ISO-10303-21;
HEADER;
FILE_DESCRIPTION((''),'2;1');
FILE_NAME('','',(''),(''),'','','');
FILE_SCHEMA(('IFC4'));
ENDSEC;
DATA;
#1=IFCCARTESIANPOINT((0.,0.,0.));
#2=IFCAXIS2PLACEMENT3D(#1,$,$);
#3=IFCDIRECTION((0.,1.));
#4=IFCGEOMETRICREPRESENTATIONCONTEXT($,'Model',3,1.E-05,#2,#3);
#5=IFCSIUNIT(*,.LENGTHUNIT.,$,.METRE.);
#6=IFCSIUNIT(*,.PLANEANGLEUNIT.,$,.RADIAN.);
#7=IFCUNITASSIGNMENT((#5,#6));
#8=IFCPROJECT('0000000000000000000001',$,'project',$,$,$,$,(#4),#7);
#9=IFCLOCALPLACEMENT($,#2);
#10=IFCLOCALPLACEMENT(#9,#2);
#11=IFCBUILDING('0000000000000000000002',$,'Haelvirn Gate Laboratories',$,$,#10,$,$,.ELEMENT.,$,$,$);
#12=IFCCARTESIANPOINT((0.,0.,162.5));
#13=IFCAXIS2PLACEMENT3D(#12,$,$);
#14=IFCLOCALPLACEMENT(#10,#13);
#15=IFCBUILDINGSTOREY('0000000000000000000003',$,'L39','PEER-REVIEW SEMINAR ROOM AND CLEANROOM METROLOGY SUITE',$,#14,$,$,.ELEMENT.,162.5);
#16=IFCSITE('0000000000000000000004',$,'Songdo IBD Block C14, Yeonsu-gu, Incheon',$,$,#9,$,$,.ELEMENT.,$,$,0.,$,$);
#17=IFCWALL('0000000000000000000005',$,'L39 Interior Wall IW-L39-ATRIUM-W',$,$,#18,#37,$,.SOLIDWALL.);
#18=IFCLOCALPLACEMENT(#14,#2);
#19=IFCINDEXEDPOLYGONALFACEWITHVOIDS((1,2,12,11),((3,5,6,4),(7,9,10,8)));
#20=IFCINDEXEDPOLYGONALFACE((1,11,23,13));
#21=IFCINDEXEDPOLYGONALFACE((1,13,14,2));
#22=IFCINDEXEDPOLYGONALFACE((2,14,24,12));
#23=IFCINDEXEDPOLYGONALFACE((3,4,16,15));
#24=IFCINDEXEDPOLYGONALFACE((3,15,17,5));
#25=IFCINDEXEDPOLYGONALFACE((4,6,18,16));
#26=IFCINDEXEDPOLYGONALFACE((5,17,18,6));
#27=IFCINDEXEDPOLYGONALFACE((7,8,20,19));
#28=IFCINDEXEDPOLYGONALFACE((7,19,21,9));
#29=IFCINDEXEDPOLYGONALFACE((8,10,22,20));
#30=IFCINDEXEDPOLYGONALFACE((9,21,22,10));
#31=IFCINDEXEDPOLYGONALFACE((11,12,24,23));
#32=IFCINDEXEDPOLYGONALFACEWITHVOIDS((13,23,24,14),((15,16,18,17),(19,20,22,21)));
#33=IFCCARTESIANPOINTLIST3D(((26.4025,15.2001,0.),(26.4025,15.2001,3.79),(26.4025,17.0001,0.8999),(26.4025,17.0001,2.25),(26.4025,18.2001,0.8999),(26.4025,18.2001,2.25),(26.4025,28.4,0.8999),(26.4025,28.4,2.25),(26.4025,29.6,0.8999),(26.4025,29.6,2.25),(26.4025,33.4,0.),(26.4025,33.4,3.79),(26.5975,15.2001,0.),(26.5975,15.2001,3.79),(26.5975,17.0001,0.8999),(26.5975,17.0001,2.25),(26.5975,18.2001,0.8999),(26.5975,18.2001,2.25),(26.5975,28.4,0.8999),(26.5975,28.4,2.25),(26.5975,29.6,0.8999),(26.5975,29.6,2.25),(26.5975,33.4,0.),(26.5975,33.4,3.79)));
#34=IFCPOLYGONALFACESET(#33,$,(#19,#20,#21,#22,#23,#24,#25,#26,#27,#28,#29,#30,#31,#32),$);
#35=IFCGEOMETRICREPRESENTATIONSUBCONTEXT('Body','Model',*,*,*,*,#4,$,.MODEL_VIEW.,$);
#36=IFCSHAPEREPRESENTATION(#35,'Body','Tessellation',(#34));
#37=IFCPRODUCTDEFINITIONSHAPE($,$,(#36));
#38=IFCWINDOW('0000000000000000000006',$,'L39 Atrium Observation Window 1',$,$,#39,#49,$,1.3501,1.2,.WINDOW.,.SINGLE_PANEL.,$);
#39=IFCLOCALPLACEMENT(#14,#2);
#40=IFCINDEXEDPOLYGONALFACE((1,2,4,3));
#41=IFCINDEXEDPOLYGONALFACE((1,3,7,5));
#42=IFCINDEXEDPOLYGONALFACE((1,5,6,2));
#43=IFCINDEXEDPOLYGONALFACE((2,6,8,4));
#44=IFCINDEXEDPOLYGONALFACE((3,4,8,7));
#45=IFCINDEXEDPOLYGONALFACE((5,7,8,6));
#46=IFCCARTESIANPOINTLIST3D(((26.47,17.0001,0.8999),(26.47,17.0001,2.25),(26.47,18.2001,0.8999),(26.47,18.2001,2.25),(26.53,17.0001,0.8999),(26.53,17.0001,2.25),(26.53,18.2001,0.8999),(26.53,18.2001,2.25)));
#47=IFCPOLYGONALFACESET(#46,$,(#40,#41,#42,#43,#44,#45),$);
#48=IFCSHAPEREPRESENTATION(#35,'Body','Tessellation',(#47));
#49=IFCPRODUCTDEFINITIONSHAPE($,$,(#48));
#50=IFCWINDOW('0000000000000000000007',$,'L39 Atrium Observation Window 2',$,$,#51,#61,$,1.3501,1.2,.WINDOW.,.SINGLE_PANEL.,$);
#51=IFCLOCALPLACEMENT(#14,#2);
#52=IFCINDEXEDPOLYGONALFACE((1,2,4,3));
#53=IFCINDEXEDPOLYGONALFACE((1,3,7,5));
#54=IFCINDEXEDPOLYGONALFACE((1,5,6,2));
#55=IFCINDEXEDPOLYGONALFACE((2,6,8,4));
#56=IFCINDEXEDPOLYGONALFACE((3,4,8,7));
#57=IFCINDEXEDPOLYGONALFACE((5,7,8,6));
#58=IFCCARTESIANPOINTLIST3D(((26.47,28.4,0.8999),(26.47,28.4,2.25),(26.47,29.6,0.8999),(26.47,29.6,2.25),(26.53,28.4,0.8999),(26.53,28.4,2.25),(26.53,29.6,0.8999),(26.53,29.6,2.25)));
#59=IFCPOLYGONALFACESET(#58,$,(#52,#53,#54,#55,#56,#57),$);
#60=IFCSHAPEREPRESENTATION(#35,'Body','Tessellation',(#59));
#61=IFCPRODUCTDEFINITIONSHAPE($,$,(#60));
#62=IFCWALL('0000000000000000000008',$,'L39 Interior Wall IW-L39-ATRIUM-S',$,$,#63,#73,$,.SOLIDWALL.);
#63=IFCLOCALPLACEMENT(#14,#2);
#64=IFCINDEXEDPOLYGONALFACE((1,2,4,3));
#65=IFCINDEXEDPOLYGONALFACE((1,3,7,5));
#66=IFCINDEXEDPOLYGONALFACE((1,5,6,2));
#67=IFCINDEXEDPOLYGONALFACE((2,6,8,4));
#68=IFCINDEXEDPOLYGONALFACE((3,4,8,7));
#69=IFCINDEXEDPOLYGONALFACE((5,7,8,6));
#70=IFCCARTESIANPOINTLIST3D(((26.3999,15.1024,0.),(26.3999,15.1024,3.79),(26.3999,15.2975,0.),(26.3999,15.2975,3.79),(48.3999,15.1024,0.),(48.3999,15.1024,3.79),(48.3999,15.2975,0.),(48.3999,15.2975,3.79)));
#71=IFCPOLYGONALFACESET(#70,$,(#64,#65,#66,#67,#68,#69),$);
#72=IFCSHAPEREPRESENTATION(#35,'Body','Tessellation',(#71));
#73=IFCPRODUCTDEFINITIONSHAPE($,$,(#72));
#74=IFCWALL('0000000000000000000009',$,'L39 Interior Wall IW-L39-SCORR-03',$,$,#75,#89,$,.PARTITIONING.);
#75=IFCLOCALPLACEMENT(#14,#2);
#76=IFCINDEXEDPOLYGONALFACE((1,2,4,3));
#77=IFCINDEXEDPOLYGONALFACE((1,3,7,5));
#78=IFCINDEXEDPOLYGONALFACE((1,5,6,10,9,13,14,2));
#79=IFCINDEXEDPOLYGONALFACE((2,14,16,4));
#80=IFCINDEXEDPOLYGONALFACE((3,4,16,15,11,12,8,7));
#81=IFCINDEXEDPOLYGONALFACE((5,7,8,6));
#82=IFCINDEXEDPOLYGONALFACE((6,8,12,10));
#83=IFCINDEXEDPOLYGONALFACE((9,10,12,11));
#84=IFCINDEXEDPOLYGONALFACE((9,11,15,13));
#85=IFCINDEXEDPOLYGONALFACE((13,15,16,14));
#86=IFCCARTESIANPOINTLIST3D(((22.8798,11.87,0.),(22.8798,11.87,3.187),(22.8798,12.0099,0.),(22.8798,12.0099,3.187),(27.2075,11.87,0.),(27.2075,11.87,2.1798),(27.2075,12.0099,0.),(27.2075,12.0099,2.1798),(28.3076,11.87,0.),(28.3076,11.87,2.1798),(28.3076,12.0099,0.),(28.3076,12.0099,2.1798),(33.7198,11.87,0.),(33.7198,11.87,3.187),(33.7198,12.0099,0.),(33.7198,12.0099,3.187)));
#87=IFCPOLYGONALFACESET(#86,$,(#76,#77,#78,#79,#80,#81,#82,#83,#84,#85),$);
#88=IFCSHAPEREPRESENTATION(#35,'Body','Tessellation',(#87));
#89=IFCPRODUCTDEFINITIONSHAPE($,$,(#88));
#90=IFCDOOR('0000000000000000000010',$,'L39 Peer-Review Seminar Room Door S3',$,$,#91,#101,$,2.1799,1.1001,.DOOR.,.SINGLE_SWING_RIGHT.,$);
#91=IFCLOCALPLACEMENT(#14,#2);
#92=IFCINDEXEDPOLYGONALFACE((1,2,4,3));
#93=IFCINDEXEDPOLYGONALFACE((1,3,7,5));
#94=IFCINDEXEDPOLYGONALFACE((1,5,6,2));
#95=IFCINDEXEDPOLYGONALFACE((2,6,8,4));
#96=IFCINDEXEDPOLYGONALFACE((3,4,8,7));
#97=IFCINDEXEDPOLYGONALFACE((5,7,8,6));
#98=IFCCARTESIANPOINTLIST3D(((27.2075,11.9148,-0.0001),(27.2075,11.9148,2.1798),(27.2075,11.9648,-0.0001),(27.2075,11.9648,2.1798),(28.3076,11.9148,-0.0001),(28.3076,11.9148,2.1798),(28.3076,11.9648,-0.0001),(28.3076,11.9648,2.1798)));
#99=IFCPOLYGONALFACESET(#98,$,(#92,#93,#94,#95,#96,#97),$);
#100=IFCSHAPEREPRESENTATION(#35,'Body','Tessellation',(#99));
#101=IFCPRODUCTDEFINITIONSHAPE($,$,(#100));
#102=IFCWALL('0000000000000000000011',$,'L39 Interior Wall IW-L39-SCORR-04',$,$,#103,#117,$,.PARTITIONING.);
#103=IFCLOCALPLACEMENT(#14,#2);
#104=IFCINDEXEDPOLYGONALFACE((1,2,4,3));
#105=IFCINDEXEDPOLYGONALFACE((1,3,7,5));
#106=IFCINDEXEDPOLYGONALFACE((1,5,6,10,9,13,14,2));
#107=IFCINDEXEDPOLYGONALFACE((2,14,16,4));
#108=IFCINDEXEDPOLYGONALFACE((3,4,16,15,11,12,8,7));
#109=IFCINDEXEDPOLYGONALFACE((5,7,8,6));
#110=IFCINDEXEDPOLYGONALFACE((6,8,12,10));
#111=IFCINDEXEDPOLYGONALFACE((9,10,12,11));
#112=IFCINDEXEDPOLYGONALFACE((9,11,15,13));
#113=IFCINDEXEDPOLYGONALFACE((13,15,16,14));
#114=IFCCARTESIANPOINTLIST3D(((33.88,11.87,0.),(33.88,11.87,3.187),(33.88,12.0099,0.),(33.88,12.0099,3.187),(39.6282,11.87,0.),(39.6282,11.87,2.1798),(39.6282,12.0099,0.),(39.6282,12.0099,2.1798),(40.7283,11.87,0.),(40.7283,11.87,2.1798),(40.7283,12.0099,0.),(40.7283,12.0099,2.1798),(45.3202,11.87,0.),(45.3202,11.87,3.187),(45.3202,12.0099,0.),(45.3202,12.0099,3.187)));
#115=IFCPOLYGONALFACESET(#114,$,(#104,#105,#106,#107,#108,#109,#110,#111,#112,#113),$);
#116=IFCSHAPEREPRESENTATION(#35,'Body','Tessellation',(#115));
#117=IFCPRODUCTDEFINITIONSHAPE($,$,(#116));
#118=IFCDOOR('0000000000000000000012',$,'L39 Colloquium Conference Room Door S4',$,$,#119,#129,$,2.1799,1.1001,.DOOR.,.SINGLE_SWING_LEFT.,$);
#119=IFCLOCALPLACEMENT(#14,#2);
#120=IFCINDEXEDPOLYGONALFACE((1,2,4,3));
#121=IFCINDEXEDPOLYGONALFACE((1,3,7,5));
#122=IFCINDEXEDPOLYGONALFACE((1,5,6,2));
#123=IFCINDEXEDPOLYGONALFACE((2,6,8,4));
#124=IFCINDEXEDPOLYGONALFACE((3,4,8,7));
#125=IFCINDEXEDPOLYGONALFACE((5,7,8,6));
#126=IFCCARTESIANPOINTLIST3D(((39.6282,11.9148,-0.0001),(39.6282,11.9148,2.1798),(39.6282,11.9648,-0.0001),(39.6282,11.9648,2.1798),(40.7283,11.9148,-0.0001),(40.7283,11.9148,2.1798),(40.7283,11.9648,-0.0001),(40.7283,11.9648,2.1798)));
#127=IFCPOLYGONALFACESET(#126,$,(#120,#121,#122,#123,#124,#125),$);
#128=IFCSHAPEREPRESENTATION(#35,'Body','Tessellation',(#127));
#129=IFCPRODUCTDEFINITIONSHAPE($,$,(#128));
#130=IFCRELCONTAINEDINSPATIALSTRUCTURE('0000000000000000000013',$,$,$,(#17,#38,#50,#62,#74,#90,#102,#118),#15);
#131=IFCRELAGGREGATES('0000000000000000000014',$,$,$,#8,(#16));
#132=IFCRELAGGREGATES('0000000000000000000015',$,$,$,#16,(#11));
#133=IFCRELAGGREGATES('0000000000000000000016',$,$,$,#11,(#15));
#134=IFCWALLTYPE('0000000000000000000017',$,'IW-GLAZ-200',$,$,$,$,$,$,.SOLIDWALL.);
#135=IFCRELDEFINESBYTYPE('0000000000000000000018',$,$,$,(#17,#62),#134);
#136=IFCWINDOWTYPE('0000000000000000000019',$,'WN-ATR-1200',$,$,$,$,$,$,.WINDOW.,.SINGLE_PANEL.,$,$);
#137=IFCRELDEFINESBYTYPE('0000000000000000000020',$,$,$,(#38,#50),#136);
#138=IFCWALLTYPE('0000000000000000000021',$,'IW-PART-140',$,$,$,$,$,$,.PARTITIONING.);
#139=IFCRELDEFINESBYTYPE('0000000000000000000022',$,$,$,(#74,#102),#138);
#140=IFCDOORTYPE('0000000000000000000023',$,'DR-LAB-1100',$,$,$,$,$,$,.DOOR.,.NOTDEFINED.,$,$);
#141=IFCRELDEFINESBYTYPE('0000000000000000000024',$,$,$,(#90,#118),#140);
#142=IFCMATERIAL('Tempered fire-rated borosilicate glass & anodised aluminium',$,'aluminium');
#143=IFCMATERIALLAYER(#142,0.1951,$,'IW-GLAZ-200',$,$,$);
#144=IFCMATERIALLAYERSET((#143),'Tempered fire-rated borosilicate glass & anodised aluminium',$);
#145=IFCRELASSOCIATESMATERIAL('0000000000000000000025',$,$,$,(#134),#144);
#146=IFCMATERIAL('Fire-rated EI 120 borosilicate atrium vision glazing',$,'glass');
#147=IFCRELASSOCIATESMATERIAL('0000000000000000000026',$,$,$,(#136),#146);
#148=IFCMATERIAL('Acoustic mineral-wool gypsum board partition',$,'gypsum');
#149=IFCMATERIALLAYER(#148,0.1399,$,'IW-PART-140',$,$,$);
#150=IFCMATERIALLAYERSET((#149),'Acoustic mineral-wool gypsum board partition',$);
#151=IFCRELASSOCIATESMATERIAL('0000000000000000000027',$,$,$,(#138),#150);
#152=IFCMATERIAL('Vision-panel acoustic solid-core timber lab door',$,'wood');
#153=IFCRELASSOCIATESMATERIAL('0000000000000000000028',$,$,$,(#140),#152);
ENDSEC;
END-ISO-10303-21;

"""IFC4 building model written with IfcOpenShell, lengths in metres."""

from ifc_helpers import new_model, si_unit, direction, frame, frame_2d, origin, place, context, subcontext, project, spatial, rectangle, extrude, source, transform, mapped, material, layer, layer_set, type_object, type_shapes, element, fill, save


model = new_model("IFC4")

# Units and contexts
model_context = context("Model", 3, precision=1e-05, world=origin(), true_north=direction((0.0, 1.0)))
body_context = subcontext(model_context, "Body", "Model", "MODEL_VIEW")
ifc_project = project(units=[si_unit("LENGTHUNIT", "METRE"), si_unit("PLANEANGLEUNIT", "RADIAN")], contexts=[model_context])

# Site, building, storey
site_placement = place(None, origin())
site = spatial("IfcSite", under=ifc_project, at=site_placement, Name="Songdo IBD Block C14, Yeonsu-gu, Incheon", CompositionType="ELEMENT", RefElevation=0.0)
building_placement = place(site_placement, origin())
building = spatial("IfcBuilding", under=site, at=building_placement, Name="Haelvirn Gate Laboratories", CompositionType="ELEMENT")
storey_placement = place(building_placement, frame((0.0, 0.0, 162.5)))
storey = spatial("IfcBuildingStorey", under=building, at=storey_placement, Name="L39", Description="PEER-REVIEW SEMINAR ROOM AND CLEANROOM METROLOGY SUITE", CompositionType="ELEMENT", Elevation=162.5)

# Wall, openings, windows
ifc_material_1 = material(Name="Tempered fire-rated borosilicate glass & anodised aluminium", Category="aluminium")
ifc_layer_1 = layer(ifc_material_1, 0.1951, Name="IW-GLAZ-200")
ifc_layer_set_1 = layer_set([ifc_layer_1], Name="Tempered fire-rated borosilicate glass & anodised aluminium")
wall_type_1 = type_object("IfcWallType", Name="IW-GLAZ-200", PredefinedType="SOLIDWALL", material=ifc_layer_set_1)
wall_1_placement = place(storey_placement, frame((26.5, 15.2, 0.0), z_axis=(0.0, 0.0, 1.0), x_axis=(0.0, 1.0, 0.0)))
wall_1 = element("IfcWall", 1, at=wall_1_placement, inside=storey, type_object=wall_type_1, Name="L39 Interior Wall IW-L39-ATRIUM-W", PredefinedType="SOLIDWALL", context=body_context, shape_type="SweptSolid", body=[
    extrude(rectangle(XDim=18.2, YDim=0.1951, at=frame_2d((9.1001, 0.0))), origin(), (0.0, 0.0, 1.0), 3.79),
])
opening_1_placement = place(wall_1_placement, frame((1.8, 0.0, 0.8999)))
opening_1 = element("IfcOpeningElement", 2, at=opening_1_placement, cuts=wall_1, PredefinedType="OPENING", context=body_context, shape_type="SweptSolid", body=[
    extrude(rectangle(XDim=1.2, YDim=1.3501, at=frame_2d((0.6001, 0.675))), frame((0.0, 0.1074, 0.0), z_axis=(0.0, -1.0, 0.0), x_axis=(1.0, 0.0, 0.0)), (0.0, 0.0, 1.0), 0.2151),
])
opening_2_placement = place(wall_1_placement, frame((13.2, 0.0, 0.8999)))
opening_2 = element("IfcOpeningElement", 3, at=opening_2_placement, cuts=wall_1, PredefinedType="OPENING", context=body_context, shape_type="SweptSolid", body=[
    extrude(rectangle(XDim=1.2, YDim=1.3501, at=frame_2d((0.6001, 0.675))), frame((0.0, 0.1074, 0.0), z_axis=(0.0, -1.0, 0.0), x_axis=(1.0, 0.0, 0.0)), (0.0, 0.0, 1.0), 0.2151),
])
ifc_material_2 = material(Name="Fire-rated EI 120 borosilicate atrium vision glazing", Category="glass")
window_type = type_object("IfcWindowType", Name="WN-ATR-1200", PartitioningType="SINGLE_PANEL", PredefinedType="WINDOW", material=ifc_material_2)
shared_shape_1 = source(origin(), body_context, "Body", "SweptSolid", [
    extrude(rectangle(XDim=1.2, YDim=1.3501, at=frame_2d((0.6001, 0.675))), frame((0.0, 0.03, 0.0), z_axis=(0.0, -1.0, 0.0), x_axis=(1.0, 0.0, 0.0)), (0.0, 0.0, 1.0), 0.0601),
])
type_shapes(window_type, [shared_shape_1])
window_1_placement = place(opening_1_placement, origin())
window_1 = element("IfcWindow", 4, at=window_1_placement, inside=storey, type_object=window_type, Name="L39 Atrium Observation Window 1", OverallHeight=1.3501, OverallWidth=1.2, PartitioningType="SINGLE_PANEL", PredefinedType="WINDOW", context=body_context, shape_type="MappedRepresentation", body=[
    mapped(shared_shape_1, transform((0.0, 0.0, 0.0), scale=1.0)),
])
fill(opening_1, window_1)
window_2_placement = place(opening_2_placement, origin())
window_2 = element("IfcWindow", 5, at=window_2_placement, inside=storey, type_object=window_type, Name="L39 Atrium Observation Window 2", OverallHeight=1.3501, OverallWidth=1.2, PartitioningType="SINGLE_PANEL", PredefinedType="WINDOW", context=body_context, shape_type="MappedRepresentation", body=[
    mapped(shared_shape_1, transform((0.0, 0.0, 0.0), scale=1.0)),
])
fill(opening_2, window_2)

# Wall
wall_2_placement = place(storey_placement, frame((26.3999, 15.2, 0.0), z_axis=(0.0, 0.0, 1.0), x_axis=(1.0, 0.0, 0.0)))
element("IfcWall", 6, at=wall_2_placement, inside=storey, type_object=wall_type_1, Name="L39 Interior Wall IW-L39-ATRIUM-S", PredefinedType="SOLIDWALL", context=body_context, shape_type="SweptSolid", body=[
    extrude(rectangle(XDim=22.0, YDim=0.1951, at=frame_2d((11.0, 0.0))), origin(), (0.0, 0.0, 1.0), 3.79),
])

# Walls, openings, doors
ifc_material_3 = material(Name="Acoustic mineral-wool gypsum board partition", Category="gypsum")
ifc_layer_2 = layer(ifc_material_3, 0.1399, Name="IW-PART-140")
ifc_layer_set_2 = layer_set([ifc_layer_2], Name="Acoustic mineral-wool gypsum board partition")
wall_type_2 = type_object("IfcWallType", Name="IW-PART-140", PredefinedType="PARTITIONING", material=ifc_layer_set_2)
wall_3_placement = place(storey_placement, frame((22.8799, 11.9399, 0.0), z_axis=(0.0, 0.0, 1.0), x_axis=(1.0, 0.0, 0.0)))
wall_3 = element("IfcWall", 7, at=wall_3_placement, inside=storey, type_object=wall_type_2, Name="L39 Interior Wall IW-L39-SCORR-03", PredefinedType="PARTITIONING", context=body_context, shape_type="SweptSolid", body=[
    extrude(rectangle(XDim=10.8401, YDim=0.1399, at=frame_2d((5.4199, 0.0))), origin(), (0.0, 0.0, 1.0), 3.187),
])
opening_3_placement = place(wall_3_placement, frame((4.3276, 0.0, 0.0)))
opening_3 = element("IfcOpeningElement", 8, at=opening_3_placement, cuts=wall_3, PredefinedType="OPENING", context=body_context, shape_type="SweptSolid", body=[
    extrude(rectangle(XDim=1.1001, YDim=2.1799, at=frame_2d((0.55, 1.0898))), frame((0.0, 0.0801, 0.0), z_axis=(0.0, -1.0, 0.0), x_axis=(1.0, 0.0, 0.0)), (0.0, 0.0, 1.0), 0.1599),
])
ifc_material_4 = material(Name="Vision-panel acoustic solid-core timber lab door", Category="wood")
door_type = type_object("IfcDoorType", Name="DR-LAB-1100", OperationType="NOTDEFINED", PredefinedType="DOOR", material=ifc_material_4)
shared_shape_2 = source(origin(), body_context, "Body", "SweptSolid", [
    extrude(rectangle(XDim=1.1001, YDim=2.1799, at=frame_2d((0.55, 1.0898))), frame((0.0, 0.0249, 0.0), z_axis=(0.0, -1.0, 0.0), x_axis=(1.0, 0.0, 0.0)), (0.0, 0.0, 1.0), 0.05),
])
type_shapes(door_type, [shared_shape_2])
door_1_placement = place(opening_3_placement, origin())
door_1 = element("IfcDoor", 9, at=door_1_placement, inside=storey, type_object=door_type, Name="L39 Peer-Review Seminar Room Door S3", OperationType="SINGLE_SWING_RIGHT", OverallHeight=2.1799, OverallWidth=1.1001, PredefinedType="DOOR", context=body_context, shape_type="MappedRepresentation", body=[
    mapped(shared_shape_2, transform((0.0, 0.0, 0.0), scale=1.0)),
])
fill(opening_3, door_1)
wall_4_placement = place(storey_placement, frame((33.8799, 11.9399, 0.0), z_axis=(0.0, 0.0, 1.0), x_axis=(1.0, 0.0, 0.0)))
wall_4 = element("IfcWall", 10, at=wall_4_placement, inside=storey, type_object=wall_type_2, Name="L39 Interior Wall IW-L39-SCORR-04", PredefinedType="PARTITIONING", context=body_context, shape_type="SweptSolid", body=[
    extrude(rectangle(XDim=11.4402, YDim=0.1399, at=frame_2d((5.7202, 0.0))), origin(), (0.0, 0.0, 1.0), 3.187),
])
opening_4_placement = place(wall_4_placement, frame((5.7483, 0.0, 0.0)))
opening_4 = element("IfcOpeningElement", 11, at=opening_4_placement, cuts=wall_4, PredefinedType="OPENING", context=body_context, shape_type="SweptSolid", body=[
    extrude(rectangle(XDim=1.1001, YDim=2.1799, at=frame_2d((0.55, 1.0898))), frame((0.0, 0.0801, 0.0), z_axis=(0.0, -1.0, 0.0), x_axis=(1.0, 0.0, 0.0)), (0.0, 0.0, 1.0), 0.1599),
])
door_2_placement = place(opening_4_placement, origin())
door_2 = element("IfcDoor", 12, at=door_2_placement, inside=storey, type_object=door_type, Name="L39 Colloquium Conference Room Door S4", OperationType="SINGLE_SWING_LEFT", OverallHeight=2.1799, OverallWidth=1.1001, PredefinedType="DOOR", context=body_context, shape_type="MappedRepresentation", body=[
    mapped(shared_shape_2, transform((0.0, 0.0, 0.0), scale=1.0)),
])
fill(opening_4, door_2)

save(model, "model.ifc")
